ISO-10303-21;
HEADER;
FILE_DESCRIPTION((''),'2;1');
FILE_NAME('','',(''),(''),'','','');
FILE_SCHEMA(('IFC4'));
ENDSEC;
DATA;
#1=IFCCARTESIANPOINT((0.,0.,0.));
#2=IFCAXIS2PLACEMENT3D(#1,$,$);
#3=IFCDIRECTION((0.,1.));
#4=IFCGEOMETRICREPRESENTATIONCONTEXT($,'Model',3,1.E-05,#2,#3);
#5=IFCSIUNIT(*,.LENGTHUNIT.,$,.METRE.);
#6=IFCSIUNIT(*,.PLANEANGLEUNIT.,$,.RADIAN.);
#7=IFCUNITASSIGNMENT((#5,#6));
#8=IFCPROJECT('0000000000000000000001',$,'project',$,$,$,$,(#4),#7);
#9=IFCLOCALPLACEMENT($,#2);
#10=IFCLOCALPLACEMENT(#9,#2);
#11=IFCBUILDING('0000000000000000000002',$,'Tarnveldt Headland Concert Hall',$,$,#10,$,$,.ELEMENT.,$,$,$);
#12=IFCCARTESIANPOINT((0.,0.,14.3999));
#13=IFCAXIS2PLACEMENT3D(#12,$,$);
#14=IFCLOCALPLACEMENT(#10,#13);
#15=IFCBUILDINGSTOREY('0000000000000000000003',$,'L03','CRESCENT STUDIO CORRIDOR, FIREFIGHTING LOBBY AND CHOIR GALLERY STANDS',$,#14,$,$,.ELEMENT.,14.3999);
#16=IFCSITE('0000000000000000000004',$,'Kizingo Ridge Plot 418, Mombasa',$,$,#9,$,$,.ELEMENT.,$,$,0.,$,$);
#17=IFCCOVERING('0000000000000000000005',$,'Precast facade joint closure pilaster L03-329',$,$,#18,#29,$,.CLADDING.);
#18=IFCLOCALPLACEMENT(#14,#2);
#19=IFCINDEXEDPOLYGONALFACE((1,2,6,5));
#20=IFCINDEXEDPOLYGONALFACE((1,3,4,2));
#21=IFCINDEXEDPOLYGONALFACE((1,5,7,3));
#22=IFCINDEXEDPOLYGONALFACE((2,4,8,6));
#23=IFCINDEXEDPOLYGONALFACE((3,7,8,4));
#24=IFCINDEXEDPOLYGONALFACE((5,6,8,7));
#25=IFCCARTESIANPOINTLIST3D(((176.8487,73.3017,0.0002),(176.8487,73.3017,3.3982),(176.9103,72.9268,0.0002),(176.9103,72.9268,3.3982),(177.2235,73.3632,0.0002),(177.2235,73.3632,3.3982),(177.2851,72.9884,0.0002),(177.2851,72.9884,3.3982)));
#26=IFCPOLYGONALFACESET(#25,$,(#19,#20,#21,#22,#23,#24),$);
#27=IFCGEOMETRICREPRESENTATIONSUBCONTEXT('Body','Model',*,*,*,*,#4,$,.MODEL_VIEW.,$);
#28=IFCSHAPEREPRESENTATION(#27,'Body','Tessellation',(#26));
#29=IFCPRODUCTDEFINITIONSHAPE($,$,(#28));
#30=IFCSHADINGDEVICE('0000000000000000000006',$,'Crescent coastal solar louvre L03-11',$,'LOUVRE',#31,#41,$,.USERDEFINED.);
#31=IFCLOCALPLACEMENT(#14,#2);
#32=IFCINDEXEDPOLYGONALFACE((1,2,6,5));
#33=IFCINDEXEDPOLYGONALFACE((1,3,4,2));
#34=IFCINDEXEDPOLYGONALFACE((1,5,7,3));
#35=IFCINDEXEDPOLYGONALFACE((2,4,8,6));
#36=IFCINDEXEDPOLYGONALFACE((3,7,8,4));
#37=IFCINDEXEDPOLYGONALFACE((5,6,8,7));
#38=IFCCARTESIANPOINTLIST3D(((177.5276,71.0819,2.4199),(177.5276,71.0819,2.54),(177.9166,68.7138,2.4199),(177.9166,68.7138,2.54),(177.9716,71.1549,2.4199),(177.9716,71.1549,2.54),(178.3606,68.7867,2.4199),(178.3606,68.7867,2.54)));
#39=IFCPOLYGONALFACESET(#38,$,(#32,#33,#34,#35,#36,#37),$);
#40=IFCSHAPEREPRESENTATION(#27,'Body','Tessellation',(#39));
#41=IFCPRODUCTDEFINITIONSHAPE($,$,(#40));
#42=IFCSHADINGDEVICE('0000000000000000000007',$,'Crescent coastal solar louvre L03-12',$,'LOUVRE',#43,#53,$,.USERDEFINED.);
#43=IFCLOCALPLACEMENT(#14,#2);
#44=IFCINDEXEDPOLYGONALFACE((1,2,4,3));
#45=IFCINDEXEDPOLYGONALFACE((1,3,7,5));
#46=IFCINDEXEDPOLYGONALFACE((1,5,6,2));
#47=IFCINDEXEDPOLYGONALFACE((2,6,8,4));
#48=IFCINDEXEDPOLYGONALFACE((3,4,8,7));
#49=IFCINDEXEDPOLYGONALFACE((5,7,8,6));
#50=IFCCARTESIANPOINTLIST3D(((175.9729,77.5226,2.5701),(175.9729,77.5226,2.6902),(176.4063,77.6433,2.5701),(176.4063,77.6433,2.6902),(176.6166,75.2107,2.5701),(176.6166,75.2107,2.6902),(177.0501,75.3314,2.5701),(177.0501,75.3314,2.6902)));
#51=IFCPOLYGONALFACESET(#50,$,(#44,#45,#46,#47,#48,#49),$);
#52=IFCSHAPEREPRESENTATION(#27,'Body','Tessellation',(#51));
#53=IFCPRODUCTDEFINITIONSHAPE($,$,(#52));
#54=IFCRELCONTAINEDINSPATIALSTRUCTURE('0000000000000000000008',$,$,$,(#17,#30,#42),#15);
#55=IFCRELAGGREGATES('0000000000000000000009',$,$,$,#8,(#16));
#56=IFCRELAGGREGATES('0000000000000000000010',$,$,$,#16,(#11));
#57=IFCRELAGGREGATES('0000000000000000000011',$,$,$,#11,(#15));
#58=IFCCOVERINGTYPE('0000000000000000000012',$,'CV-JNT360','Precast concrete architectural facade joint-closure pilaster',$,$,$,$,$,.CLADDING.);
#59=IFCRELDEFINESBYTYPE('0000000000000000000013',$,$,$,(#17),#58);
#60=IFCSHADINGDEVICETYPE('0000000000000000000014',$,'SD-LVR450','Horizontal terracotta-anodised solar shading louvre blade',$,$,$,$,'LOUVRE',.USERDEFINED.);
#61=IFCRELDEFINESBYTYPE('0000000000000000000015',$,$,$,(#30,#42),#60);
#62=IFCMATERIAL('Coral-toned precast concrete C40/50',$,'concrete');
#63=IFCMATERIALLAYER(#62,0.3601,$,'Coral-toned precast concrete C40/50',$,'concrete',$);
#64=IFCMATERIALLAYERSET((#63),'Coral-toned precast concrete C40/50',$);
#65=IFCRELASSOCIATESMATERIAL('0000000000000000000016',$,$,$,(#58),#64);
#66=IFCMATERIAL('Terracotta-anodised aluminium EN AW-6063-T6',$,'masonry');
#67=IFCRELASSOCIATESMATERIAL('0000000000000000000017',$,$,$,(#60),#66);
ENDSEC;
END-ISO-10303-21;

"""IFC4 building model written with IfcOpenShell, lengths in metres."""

from ifc_helpers import new_model, si_unit, direction, frame, origin, origin_2d, place, context, subcontext, project, spatial, rectangle, extrude, material, layer, layer_set, type_object, element, save


model = new_model("IFC4")

# Units and contexts
model_context = context("Model", 3, precision=1e-05, world=origin(), true_north=direction((0.0, 1.0)))
body_context = subcontext(model_context, "Body", "Model", "MODEL_VIEW")
ifc_project = project(units=[si_unit("LENGTHUNIT", "METRE"), si_unit("PLANEANGLEUNIT", "RADIAN")], contexts=[model_context])

# Site, building, storey
site_placement = place(None, origin())
site = spatial("IfcSite", under=ifc_project, at=site_placement, Name="Kizingo Ridge Plot 418, Mombasa", CompositionType="ELEMENT", RefElevation=0.0)
building_placement = place(site_placement, origin())
building = spatial("IfcBuilding", under=site, at=building_placement, Name="Tarnveldt Headland Concert Hall", CompositionType="ELEMENT")
storey_placement = place(building_placement, frame((0.0, 0.0, 14.3999)))
storey = spatial("IfcBuildingStorey", under=building, at=storey_placement, Name="L03", Description="CRESCENT STUDIO CORRIDOR, FIREFIGHTING LOBBY AND CHOIR GALLERY STANDS", CompositionType="ELEMENT", Elevation=14.3999)

# Shared definitions
ifc_material_1 = material(Name="Coral-toned precast concrete C40/50", Category="concrete")

# Covering
ifc_layer_1 = layer(ifc_material_1, 0.3601, Name="Coral-toned precast concrete C40/50", Category="concrete")
ifc_layer_set_1 = layer_set([ifc_layer_1], Name="Coral-toned precast concrete C40/50")
covering_type = type_object("IfcCoveringType", Name="CV-JNT360", Description="Precast concrete architectural facade joint-closure pilaster", PredefinedType="CLADDING", material=ifc_layer_set_1)
covering_placement = place(storey_placement, frame((177.0669, 73.145, 0.0002), z_axis=(0.0, 0.0, 1.0), x_axis=(0.162121, -0.986771, 0.0)))
element("IfcCovering", 1, at=covering_placement, inside=storey, type_object=covering_type, Name="Precast facade joint closure pilaster L03-329", PredefinedType="CLADDING", context=body_context, shape_type="SweptSolid", body=[
    extrude(rectangle(XDim=0.3799, YDim=0.3799, at=origin_2d()), origin(), (0.0, 0.0, 1.0), 3.3979),
])

# Shading devices
ifc_material_2 = material(Name="Terracotta-anodised aluminium EN AW-6063-T6", Category="masonry")
shading_device_type = type_object("IfcShadingDeviceType", Name="SD-LVR450", Description="Horizontal terracotta-anodised solar shading louvre blade", ElementType="LOUVRE", PredefinedType="USERDEFINED", material=ifc_material_2)
for number, where, z_axis, x_axis, name in (
    (2, (177.9441, 69.9343, 2.4199), (0.0, 0.0, 1.0), (0.986771, 0.162121, 0.0), "Crescent coastal solar louvre L03-11"),
    (3, (176.5115, 76.427, 2.5701), (0.0, 0.0, 1.0), (0.96335, 0.268247, 0.0), "Crescent coastal solar louvre L03-12"),
):
    element("IfcShadingDevice", number, at=place(storey_placement, frame(where, z_axis=z_axis, x_axis=x_axis)), inside=storey, type_object=shading_device_type, Name=name, ObjectType="LOUVRE", PredefinedType="USERDEFINED", context=body_context, shape_type="SweptSolid", body=[
        extrude(rectangle(XDim=0.45, YDim=2.3999, at=origin_2d()), origin(), (0.0, 0.0, 1.0), 0.1201),
    ])

save(model, "model.ifc")
